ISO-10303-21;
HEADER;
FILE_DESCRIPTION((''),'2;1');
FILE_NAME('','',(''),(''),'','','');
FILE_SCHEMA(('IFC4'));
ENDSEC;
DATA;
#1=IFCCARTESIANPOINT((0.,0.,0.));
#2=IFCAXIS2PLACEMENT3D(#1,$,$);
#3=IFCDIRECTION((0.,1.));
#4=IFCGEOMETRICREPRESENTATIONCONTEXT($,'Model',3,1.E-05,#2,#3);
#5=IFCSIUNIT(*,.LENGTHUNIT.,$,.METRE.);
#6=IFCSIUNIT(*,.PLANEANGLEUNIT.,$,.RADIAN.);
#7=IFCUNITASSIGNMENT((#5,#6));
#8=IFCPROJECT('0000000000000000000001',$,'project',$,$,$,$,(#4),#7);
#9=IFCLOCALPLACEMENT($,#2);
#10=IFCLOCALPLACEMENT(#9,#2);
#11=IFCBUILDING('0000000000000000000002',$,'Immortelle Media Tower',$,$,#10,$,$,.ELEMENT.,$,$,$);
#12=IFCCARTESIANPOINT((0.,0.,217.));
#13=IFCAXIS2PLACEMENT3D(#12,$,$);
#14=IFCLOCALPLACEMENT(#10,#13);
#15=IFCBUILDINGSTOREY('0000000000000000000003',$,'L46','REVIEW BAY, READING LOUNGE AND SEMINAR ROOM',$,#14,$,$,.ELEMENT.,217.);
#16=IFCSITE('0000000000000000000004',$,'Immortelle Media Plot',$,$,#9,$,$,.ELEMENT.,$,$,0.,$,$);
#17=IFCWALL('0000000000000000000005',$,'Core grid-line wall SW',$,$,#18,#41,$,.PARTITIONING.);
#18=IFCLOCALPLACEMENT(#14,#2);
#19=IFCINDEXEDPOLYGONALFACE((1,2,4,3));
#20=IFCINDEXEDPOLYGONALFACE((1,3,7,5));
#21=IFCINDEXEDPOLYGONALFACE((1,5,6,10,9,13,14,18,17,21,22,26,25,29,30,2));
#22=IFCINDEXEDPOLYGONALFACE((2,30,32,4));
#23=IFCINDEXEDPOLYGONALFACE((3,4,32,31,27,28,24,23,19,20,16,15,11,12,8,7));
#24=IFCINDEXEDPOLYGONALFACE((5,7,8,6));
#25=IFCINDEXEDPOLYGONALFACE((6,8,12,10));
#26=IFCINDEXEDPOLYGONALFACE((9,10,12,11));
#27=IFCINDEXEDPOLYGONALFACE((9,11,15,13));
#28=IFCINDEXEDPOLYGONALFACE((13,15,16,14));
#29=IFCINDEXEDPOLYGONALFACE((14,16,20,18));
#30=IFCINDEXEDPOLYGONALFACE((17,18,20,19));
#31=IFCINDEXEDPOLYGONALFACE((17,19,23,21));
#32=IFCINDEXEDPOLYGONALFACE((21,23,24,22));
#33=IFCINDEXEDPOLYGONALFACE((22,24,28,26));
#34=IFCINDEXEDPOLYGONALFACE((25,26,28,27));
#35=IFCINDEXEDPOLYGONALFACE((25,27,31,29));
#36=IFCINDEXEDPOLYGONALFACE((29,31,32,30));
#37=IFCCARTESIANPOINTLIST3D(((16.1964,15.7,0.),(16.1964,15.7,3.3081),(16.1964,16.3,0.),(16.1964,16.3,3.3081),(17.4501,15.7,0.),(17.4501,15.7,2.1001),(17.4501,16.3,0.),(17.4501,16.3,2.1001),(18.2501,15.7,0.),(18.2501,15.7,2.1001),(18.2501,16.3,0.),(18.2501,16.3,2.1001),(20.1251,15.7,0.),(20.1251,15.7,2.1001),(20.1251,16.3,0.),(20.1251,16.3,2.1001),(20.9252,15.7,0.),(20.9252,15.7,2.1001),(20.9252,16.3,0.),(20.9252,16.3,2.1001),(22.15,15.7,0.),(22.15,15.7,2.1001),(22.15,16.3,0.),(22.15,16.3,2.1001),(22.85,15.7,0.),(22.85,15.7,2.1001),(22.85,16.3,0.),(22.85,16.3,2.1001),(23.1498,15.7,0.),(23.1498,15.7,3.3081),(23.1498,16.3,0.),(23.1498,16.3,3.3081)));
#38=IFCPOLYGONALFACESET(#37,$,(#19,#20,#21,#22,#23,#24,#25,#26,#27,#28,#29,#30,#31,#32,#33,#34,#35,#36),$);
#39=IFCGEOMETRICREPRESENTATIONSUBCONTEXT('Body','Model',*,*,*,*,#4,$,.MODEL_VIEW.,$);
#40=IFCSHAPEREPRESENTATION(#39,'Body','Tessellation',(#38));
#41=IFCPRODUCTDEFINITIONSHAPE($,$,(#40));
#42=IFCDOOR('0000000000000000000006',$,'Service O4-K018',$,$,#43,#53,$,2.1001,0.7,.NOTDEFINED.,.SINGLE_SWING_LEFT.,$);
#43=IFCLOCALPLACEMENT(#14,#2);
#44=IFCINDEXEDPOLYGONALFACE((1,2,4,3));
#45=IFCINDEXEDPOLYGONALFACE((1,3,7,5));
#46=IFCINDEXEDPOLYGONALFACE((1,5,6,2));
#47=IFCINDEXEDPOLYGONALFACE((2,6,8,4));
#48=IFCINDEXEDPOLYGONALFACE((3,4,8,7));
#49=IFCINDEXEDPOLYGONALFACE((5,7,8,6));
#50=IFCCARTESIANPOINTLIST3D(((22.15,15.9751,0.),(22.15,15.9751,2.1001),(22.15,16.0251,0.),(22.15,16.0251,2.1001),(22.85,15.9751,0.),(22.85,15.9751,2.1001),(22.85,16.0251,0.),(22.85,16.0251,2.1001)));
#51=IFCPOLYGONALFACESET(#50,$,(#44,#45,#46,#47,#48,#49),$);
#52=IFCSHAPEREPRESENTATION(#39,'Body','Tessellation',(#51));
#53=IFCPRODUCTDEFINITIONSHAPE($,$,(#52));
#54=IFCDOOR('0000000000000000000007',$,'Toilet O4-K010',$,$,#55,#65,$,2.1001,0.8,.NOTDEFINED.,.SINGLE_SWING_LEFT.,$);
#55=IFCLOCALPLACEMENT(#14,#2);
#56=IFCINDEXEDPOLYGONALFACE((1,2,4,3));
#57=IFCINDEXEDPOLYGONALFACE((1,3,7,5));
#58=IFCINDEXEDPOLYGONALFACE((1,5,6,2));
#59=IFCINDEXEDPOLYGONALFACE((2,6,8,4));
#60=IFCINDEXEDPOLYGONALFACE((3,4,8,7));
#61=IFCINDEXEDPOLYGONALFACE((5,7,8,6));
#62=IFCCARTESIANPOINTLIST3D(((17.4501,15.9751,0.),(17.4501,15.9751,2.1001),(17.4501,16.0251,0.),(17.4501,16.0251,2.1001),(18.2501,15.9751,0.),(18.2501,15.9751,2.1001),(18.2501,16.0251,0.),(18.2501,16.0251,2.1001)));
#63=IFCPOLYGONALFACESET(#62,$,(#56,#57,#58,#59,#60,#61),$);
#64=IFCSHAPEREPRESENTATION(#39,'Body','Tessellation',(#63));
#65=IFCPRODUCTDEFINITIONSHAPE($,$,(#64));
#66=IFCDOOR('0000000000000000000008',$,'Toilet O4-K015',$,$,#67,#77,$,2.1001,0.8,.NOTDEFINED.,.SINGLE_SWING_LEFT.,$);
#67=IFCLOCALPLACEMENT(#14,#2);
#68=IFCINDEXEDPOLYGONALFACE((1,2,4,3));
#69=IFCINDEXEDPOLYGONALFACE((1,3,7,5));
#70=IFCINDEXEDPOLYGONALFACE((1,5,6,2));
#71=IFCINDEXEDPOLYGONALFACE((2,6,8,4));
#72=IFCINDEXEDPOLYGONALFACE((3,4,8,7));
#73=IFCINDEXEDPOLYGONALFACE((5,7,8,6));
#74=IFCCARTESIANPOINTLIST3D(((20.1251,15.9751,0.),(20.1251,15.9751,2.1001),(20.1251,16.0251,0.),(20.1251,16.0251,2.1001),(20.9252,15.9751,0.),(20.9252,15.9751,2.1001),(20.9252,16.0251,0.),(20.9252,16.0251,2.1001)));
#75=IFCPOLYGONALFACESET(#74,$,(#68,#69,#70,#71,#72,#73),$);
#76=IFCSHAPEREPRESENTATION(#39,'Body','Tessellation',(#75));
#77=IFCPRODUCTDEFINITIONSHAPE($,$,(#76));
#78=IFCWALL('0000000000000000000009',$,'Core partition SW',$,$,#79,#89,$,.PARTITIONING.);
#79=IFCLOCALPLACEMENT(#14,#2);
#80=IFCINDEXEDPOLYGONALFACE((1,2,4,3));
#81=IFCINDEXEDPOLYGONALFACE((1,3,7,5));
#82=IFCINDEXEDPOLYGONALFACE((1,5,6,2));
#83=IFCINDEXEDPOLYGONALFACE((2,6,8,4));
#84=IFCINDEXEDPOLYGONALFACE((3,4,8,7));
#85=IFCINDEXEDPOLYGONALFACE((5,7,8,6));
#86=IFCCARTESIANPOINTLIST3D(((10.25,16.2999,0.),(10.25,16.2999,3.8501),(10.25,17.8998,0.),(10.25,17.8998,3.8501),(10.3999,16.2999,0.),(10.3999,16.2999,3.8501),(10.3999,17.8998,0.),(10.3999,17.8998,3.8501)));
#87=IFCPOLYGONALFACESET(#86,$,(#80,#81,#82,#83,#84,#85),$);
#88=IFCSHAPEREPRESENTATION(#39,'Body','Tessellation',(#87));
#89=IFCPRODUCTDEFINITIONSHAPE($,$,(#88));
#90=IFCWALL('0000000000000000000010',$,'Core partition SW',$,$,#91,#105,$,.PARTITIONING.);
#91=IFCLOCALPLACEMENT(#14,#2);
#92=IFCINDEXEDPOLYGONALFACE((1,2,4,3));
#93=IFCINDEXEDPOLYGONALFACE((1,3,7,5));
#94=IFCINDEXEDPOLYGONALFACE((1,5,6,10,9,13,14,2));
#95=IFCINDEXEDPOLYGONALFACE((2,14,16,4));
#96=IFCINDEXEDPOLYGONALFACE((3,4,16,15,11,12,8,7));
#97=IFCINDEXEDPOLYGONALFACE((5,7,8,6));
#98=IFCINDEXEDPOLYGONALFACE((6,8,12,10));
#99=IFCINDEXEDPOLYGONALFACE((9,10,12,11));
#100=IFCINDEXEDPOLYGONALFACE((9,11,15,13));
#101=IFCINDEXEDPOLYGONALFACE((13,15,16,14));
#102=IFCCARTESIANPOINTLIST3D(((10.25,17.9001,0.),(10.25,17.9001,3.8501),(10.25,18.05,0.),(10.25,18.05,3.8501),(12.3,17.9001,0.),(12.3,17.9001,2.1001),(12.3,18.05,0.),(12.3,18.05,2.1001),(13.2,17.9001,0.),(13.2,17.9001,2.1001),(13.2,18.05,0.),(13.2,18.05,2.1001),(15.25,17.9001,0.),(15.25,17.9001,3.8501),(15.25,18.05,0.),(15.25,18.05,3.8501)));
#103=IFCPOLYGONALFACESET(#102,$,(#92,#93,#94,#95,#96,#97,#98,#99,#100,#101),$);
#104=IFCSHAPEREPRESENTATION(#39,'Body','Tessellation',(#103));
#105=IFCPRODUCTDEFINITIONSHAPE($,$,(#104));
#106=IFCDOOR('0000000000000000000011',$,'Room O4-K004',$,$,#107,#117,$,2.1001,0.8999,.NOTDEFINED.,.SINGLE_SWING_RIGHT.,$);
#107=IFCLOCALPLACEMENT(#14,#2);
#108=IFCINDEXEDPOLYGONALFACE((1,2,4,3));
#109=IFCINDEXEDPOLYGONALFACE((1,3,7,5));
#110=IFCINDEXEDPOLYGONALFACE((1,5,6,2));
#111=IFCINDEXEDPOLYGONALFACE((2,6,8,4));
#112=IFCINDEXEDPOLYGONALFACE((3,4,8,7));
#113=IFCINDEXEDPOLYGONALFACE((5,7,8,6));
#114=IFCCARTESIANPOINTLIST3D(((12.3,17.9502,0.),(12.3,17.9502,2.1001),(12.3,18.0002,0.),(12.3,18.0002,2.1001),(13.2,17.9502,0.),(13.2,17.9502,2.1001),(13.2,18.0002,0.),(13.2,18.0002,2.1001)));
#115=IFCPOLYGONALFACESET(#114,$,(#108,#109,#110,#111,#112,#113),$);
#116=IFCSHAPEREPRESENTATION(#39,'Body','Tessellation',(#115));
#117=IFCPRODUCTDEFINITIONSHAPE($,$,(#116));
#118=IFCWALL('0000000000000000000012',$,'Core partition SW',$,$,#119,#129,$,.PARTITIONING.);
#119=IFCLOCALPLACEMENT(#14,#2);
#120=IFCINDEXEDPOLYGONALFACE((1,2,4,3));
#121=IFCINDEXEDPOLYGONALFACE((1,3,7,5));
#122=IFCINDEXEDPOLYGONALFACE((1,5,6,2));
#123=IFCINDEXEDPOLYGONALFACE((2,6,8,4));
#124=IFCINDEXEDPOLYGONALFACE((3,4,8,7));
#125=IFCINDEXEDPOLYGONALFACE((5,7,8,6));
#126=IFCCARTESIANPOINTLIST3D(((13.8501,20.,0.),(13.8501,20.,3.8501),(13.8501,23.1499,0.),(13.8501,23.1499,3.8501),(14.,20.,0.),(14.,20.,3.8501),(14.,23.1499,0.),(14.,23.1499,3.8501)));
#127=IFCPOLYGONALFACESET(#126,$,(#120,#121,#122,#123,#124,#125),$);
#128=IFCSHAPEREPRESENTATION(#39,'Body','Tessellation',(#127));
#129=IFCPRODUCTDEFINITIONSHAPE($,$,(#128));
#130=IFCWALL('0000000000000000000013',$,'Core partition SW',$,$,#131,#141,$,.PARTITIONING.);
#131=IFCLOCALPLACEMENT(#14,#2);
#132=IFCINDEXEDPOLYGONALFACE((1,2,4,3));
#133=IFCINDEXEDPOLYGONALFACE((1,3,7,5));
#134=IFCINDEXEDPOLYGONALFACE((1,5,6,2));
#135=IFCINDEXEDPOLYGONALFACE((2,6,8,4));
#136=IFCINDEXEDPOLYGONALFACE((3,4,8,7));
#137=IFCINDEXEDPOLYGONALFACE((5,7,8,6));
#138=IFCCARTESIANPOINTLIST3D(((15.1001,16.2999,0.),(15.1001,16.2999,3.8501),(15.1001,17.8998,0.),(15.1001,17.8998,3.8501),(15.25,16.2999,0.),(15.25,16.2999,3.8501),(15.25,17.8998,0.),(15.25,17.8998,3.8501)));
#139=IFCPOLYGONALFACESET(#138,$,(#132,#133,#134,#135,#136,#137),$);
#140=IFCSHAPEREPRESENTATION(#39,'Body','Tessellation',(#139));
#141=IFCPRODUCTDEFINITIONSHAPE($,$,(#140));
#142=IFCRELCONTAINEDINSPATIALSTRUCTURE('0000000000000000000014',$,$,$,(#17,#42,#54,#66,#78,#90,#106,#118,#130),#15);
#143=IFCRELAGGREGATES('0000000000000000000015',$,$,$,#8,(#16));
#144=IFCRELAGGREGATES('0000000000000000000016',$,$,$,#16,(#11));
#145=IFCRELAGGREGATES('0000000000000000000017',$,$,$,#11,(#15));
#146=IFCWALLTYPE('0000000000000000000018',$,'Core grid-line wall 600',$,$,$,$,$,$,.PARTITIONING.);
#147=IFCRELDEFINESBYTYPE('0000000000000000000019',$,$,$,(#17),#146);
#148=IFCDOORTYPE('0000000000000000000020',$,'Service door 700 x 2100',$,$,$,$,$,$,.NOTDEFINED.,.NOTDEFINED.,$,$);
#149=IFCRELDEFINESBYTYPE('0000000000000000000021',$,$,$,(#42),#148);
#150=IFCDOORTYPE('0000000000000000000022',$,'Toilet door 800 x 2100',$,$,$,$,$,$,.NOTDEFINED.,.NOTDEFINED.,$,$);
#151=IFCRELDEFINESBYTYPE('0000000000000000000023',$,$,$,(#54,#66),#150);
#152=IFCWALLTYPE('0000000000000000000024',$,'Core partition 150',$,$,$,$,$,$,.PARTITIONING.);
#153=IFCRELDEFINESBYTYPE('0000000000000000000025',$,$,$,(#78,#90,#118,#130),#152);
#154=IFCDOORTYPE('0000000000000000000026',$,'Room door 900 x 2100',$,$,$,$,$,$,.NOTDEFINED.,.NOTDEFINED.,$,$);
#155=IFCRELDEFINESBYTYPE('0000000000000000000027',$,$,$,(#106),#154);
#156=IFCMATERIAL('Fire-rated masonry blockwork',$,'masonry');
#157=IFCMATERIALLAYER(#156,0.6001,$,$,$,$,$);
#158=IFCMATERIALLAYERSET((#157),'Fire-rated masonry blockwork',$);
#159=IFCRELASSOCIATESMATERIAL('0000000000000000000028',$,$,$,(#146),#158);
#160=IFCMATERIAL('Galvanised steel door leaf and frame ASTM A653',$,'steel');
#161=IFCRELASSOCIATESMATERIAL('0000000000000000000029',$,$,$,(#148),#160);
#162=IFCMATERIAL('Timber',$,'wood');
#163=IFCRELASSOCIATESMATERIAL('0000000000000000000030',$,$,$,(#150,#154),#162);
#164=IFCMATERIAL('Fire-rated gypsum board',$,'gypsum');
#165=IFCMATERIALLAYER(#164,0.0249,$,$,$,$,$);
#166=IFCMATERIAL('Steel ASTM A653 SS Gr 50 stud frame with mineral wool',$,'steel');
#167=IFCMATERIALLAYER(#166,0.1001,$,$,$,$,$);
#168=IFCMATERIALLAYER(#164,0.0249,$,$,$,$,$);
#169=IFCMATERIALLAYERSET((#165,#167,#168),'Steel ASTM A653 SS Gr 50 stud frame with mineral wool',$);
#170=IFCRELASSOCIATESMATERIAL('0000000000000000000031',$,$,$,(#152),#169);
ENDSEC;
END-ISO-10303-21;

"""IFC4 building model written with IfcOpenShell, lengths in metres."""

from ifc_helpers import new_model, si_unit, direction, frame, frame_2d, origin, place, context, subcontext, project, spatial, rectangle, extrude, material, layer, layer_set, type_object, element, fill, save


model = new_model("IFC4")

# Units and contexts
model_context = context("Model", 3, precision=1e-05, world=origin(), true_north=direction((0.0, 1.0)))
body_context = subcontext(model_context, "Body", "Model", "MODEL_VIEW")
ifc_project = project(units=[si_unit("LENGTHUNIT", "METRE"), si_unit("PLANEANGLEUNIT", "RADIAN")], contexts=[model_context])

# Site, building, storey
site_placement = place(None, origin())
site = spatial("IfcSite", under=ifc_project, at=site_placement, Name="Immortelle Media Plot", CompositionType="ELEMENT", RefElevation=0.0)
building_placement = place(site_placement, origin())
building = spatial("IfcBuilding", under=site, at=building_placement, Name="Immortelle Media Tower", CompositionType="ELEMENT")
storey_placement = place(building_placement, frame((0.0, 0.0, 217.0)))
storey = spatial("IfcBuildingStorey", under=building, at=storey_placement, Name="L46", Description="REVIEW BAY, READING LOUNGE AND SEMINAR ROOM", CompositionType="ELEMENT", Elevation=217.0)

# Wall, openings, doors
ifc_material_1 = material(Name="Fire-rated masonry blockwork", Category="masonry")
ifc_layer_1 = layer(ifc_material_1, 0.6001)
ifc_layer_set_1 = layer_set([ifc_layer_1], Name="Fire-rated masonry blockwork")
wall_type_1 = type_object("IfcWallType", Name="Core grid-line wall 600", PredefinedType="PARTITIONING", material=ifc_layer_set_1)
wall_1_placement = place(storey_placement, frame((16.1965, 16.0, 0.0), z_axis=(0.0, 0.0, 1.0), x_axis=(1.0, 0.0, 0.0)))
wall_1 = element("IfcWall", 1, at=wall_1_placement, inside=storey, type_object=wall_type_1, Name="Core grid-line wall SW", PredefinedType="PARTITIONING", context=body_context, shape_type="SweptSolid", body=[
    extrude(rectangle(XDim=6.9534, YDim=0.6001, at=frame_2d((3.4766, 0.0))), origin(), (0.0, 0.0, 1.0), 3.3081),
])
opening_1_placement = place(wall_1_placement, frame((2.0535, 0.0, 0.0), z_axis=(0.0, 0.0, 1.0), x_axis=(-1.0, 0.0, 0.0)))
opening_1 = element("IfcOpeningElement", 2, at=opening_1_placement, cuts=wall_1, PredefinedType="OPENING", context=body_context, shape_type="SweptSolid", body=[
    extrude(rectangle(XDim=0.8, YDim=2.1001, at=frame_2d((0.3999, 1.05))), frame((0.0, 0.3101, 0.0), z_axis=(0.0, -1.0, 0.0), x_axis=(1.0, 0.0, 0.0)), (0.0, 0.0, 1.0), 0.6201),
])
opening_2_placement = place(wall_1_placement, frame((4.7285, 0.0, 0.0), z_axis=(0.0, 0.0, 1.0), x_axis=(-1.0, 0.0, 0.0)))
opening_2 = element("IfcOpeningElement", 3, at=opening_2_placement, cuts=wall_1, PredefinedType="OPENING", context=body_context, shape_type="SweptSolid", body=[
    extrude(rectangle(XDim=0.8, YDim=2.1001, at=frame_2d((0.3999, 1.05))), frame((0.0, 0.3101, 0.0), z_axis=(0.0, -1.0, 0.0), x_axis=(1.0, 0.0, 0.0)), (0.0, 0.0, 1.0), 0.6201),
])
opening_3_placement = place(wall_1_placement, frame((6.6536, 0.0, 0.0), z_axis=(0.0, 0.0, 1.0), x_axis=(-1.0, 0.0, 0.0)))
opening_3 = element("IfcOpeningElement", 4, at=opening_3_placement, cuts=wall_1, PredefinedType="OPENING", context=body_context, shape_type="SweptSolid", body=[
    extrude(rectangle(XDim=0.7, YDim=2.1001, at=frame_2d((0.3501, 1.05))), frame((0.0, 0.3101, 0.0), z_axis=(0.0, -1.0, 0.0), x_axis=(1.0, 0.0, 0.0)), (0.0, 0.0, 1.0), 0.6201),
])
ifc_material_2 = material(Name="Galvanised steel door leaf and frame ASTM A653", Category="steel")
door_type_1 = type_object("IfcDoorType", Name="Service door 700 x 2100", OperationType="NOTDEFINED", PredefinedType="NOTDEFINED", material=ifc_material_2)
door_1_placement = place(opening_3_placement, origin())
door_1 = element("IfcDoor", 5, at=door_1_placement, inside=storey, type_object=door_type_1, Name="Service O4-K018", OperationType="SINGLE_SWING_LEFT", OverallHeight=2.1001, OverallWidth=0.7, PredefinedType="NOTDEFINED", context=body_context, shape_type="SweptSolid", body=[
    extrude(rectangle(XDim=0.7, YDim=2.1001, at=frame_2d((0.3501, 1.05))), frame((0.0, 0.0249, 0.0), z_axis=(0.0, -1.0, 0.0), x_axis=(1.0, 0.0, 0.0)), (0.0, 0.0, 1.0), 0.05),
])
fill(opening_3, door_1)
ifc_material_3 = material(Name="Timber", Category="wood")
door_type_2 = type_object("IfcDoorType", Name="Toilet door 800 x 2100", OperationType="NOTDEFINED", PredefinedType="NOTDEFINED", material=ifc_material_3)
door_2_placement = place(opening_1_placement, origin())
door_2 = element("IfcDoor", 6, at=door_2_placement, inside=storey, type_object=door_type_2, Name="Toilet O4-K010", OperationType="SINGLE_SWING_LEFT", OverallHeight=2.1001, OverallWidth=0.8, PredefinedType="NOTDEFINED", context=body_context, shape_type="SweptSolid", body=[
    extrude(rectangle(XDim=0.8, YDim=2.1001, at=frame_2d((0.3999, 1.05))), frame((0.0, 0.0249, 0.0), z_axis=(0.0, -1.0, 0.0), x_axis=(1.0, 0.0, 0.0)), (0.0, 0.0, 1.0), 0.05),
])
fill(opening_1, door_2)
door_3_placement = place(opening_2_placement, origin())
door_3 = element("IfcDoor", 7, at=door_3_placement, inside=storey, type_object=door_type_2, Name="Toilet O4-K015", OperationType="SINGLE_SWING_LEFT", OverallHeight=2.1001, OverallWidth=0.8, PredefinedType="NOTDEFINED", context=body_context, shape_type="SweptSolid", body=[
    extrude(rectangle(XDim=0.8, YDim=2.1001, at=frame_2d((0.3999, 1.05))), frame((0.0, 0.0249, 0.0), z_axis=(0.0, -1.0, 0.0), x_axis=(1.0, 0.0, 0.0)), (0.0, 0.0, 1.0), 0.05),
])
fill(opening_2, door_3)

# Wall
ifc_material_4 = material(Name="Fire-rated gypsum board", Category="gypsum")
ifc_layer_2 = layer(ifc_material_4, 0.0249)
ifc_material_5 = material(Name="Steel ASTM A653 SS Gr 50 stud frame with mineral wool", Category="steel")
ifc_layer_3 = layer(ifc_material_5, 0.1001)
ifc_layer_4 = layer(ifc_material_4, 0.0249)
ifc_layer_set_2 = layer_set([ifc_layer_2, ifc_layer_3, ifc_layer_4], Name="Steel ASTM A653 SS Gr 50 stud frame with mineral wool")
wall_type_2 = type_object("IfcWallType", Name="Core partition 150", PredefinedType="PARTITIONING", material=ifc_layer_set_2)
wall_2_placement = place(storey_placement, frame((10.325, 16.3, 0.0), z_axis=(0.0, 0.0, 1.0), x_axis=(0.0, 1.0, 0.0)))
element("IfcWall", 8, at=wall_2_placement, inside=storey, type_object=wall_type_2, Name="Core partition SW", PredefinedType="PARTITIONING", context=body_context, shape_type="SweptSolid", body=[
    extrude(rectangle(XDim=1.5999, YDim=0.1499, at=frame_2d((0.7998, 0.0))), origin(), (0.0, 0.0, 1.0), 3.8501),
])

# Wall, opening, door
wall_3_placement = place(storey_placement, frame((10.25, 17.9751, 0.0), z_axis=(0.0, 0.0, 1.0), x_axis=(1.0, 0.0, 0.0)))
wall_3 = element("IfcWall", 9, at=wall_3_placement, inside=storey, type_object=wall_type_2, Name="Core partition SW", PredefinedType="PARTITIONING", context=body_context, shape_type="SweptSolid", body=[
    extrude(rectangle(XDim=5.0, YDim=0.1499, at=frame_2d((2.5, 0.0))), origin(), (0.0, 0.0, 1.0), 3.8501),
])
opening_4_placement = place(wall_3_placement, frame((2.95, 0.0, 0.0), z_axis=(0.0, 0.0, 1.0), x_axis=(-1.0, 0.0, 0.0)))
opening_4 = element("IfcOpeningElement", 10, at=opening_4_placement, cuts=wall_3, PredefinedType="OPENING", context=body_context, shape_type="SweptSolid", body=[
    extrude(rectangle(XDim=0.8999, YDim=2.1001, at=frame_2d((0.45, 1.05))), frame((0.0, 0.085, 0.0), z_axis=(0.0, -1.0, 0.0), x_axis=(1.0, 0.0, 0.0)), (0.0, 0.0, 1.0), 0.1699),
])
door_type_3 = type_object("IfcDoorType", Name="Room door 900 x 2100", OperationType="NOTDEFINED", PredefinedType="NOTDEFINED", material=ifc_material_3)
door_4_placement = place(opening_4_placement, origin())
door_4 = element("IfcDoor", 11, at=door_4_placement, inside=storey, type_object=door_type_3, Name="Room O4-K004", OperationType="SINGLE_SWING_RIGHT", OverallHeight=2.1001, OverallWidth=0.8999, PredefinedType="NOTDEFINED", context=body_context, shape_type="SweptSolid", body=[
    extrude(rectangle(XDim=0.8999, YDim=2.1001, at=frame_2d((0.45, 1.05))), frame((0.0, 0.0249, 0.0), z_axis=(0.0, -1.0, 0.0), x_axis=(1.0, 0.0, 0.0)), (0.0, 0.0, 1.0), 0.05),
])
fill(opening_4, door_4)

# Walls
wall_4_placement = place(storey_placement, frame((13.925, 20.0, 0.0), z_axis=(0.0, 0.0, 1.0), x_axis=(0.0, 1.0, 0.0)))
element("IfcWall", 12, at=wall_4_placement, inside=storey, type_object=wall_type_2, Name="Core partition SW", PredefinedType="PARTITIONING", context=body_context, shape_type="SweptSolid", body=[
    extrude(rectangle(XDim=3.1499, YDim=0.1499, at=frame_2d((1.575, 0.0))), origin(), (0.0, 0.0, 1.0), 3.8501),
])
wall_5_placement = place(storey_placement, frame((15.175, 16.3, 0.0), z_axis=(0.0, 0.0, 1.0), x_axis=(0.0, 1.0, 0.0)))
element("IfcWall", 13, at=wall_5_placement, inside=storey, type_object=wall_type_2, Name="Core partition SW", PredefinedType="PARTITIONING", context=body_context, shape_type="SweptSolid", body=[
    extrude(rectangle(XDim=1.5999, YDim=0.1499, at=frame_2d((0.7998, 0.0))), origin(), (0.0, 0.0, 1.0), 3.8501),
])

save(model, "model.ifc")
